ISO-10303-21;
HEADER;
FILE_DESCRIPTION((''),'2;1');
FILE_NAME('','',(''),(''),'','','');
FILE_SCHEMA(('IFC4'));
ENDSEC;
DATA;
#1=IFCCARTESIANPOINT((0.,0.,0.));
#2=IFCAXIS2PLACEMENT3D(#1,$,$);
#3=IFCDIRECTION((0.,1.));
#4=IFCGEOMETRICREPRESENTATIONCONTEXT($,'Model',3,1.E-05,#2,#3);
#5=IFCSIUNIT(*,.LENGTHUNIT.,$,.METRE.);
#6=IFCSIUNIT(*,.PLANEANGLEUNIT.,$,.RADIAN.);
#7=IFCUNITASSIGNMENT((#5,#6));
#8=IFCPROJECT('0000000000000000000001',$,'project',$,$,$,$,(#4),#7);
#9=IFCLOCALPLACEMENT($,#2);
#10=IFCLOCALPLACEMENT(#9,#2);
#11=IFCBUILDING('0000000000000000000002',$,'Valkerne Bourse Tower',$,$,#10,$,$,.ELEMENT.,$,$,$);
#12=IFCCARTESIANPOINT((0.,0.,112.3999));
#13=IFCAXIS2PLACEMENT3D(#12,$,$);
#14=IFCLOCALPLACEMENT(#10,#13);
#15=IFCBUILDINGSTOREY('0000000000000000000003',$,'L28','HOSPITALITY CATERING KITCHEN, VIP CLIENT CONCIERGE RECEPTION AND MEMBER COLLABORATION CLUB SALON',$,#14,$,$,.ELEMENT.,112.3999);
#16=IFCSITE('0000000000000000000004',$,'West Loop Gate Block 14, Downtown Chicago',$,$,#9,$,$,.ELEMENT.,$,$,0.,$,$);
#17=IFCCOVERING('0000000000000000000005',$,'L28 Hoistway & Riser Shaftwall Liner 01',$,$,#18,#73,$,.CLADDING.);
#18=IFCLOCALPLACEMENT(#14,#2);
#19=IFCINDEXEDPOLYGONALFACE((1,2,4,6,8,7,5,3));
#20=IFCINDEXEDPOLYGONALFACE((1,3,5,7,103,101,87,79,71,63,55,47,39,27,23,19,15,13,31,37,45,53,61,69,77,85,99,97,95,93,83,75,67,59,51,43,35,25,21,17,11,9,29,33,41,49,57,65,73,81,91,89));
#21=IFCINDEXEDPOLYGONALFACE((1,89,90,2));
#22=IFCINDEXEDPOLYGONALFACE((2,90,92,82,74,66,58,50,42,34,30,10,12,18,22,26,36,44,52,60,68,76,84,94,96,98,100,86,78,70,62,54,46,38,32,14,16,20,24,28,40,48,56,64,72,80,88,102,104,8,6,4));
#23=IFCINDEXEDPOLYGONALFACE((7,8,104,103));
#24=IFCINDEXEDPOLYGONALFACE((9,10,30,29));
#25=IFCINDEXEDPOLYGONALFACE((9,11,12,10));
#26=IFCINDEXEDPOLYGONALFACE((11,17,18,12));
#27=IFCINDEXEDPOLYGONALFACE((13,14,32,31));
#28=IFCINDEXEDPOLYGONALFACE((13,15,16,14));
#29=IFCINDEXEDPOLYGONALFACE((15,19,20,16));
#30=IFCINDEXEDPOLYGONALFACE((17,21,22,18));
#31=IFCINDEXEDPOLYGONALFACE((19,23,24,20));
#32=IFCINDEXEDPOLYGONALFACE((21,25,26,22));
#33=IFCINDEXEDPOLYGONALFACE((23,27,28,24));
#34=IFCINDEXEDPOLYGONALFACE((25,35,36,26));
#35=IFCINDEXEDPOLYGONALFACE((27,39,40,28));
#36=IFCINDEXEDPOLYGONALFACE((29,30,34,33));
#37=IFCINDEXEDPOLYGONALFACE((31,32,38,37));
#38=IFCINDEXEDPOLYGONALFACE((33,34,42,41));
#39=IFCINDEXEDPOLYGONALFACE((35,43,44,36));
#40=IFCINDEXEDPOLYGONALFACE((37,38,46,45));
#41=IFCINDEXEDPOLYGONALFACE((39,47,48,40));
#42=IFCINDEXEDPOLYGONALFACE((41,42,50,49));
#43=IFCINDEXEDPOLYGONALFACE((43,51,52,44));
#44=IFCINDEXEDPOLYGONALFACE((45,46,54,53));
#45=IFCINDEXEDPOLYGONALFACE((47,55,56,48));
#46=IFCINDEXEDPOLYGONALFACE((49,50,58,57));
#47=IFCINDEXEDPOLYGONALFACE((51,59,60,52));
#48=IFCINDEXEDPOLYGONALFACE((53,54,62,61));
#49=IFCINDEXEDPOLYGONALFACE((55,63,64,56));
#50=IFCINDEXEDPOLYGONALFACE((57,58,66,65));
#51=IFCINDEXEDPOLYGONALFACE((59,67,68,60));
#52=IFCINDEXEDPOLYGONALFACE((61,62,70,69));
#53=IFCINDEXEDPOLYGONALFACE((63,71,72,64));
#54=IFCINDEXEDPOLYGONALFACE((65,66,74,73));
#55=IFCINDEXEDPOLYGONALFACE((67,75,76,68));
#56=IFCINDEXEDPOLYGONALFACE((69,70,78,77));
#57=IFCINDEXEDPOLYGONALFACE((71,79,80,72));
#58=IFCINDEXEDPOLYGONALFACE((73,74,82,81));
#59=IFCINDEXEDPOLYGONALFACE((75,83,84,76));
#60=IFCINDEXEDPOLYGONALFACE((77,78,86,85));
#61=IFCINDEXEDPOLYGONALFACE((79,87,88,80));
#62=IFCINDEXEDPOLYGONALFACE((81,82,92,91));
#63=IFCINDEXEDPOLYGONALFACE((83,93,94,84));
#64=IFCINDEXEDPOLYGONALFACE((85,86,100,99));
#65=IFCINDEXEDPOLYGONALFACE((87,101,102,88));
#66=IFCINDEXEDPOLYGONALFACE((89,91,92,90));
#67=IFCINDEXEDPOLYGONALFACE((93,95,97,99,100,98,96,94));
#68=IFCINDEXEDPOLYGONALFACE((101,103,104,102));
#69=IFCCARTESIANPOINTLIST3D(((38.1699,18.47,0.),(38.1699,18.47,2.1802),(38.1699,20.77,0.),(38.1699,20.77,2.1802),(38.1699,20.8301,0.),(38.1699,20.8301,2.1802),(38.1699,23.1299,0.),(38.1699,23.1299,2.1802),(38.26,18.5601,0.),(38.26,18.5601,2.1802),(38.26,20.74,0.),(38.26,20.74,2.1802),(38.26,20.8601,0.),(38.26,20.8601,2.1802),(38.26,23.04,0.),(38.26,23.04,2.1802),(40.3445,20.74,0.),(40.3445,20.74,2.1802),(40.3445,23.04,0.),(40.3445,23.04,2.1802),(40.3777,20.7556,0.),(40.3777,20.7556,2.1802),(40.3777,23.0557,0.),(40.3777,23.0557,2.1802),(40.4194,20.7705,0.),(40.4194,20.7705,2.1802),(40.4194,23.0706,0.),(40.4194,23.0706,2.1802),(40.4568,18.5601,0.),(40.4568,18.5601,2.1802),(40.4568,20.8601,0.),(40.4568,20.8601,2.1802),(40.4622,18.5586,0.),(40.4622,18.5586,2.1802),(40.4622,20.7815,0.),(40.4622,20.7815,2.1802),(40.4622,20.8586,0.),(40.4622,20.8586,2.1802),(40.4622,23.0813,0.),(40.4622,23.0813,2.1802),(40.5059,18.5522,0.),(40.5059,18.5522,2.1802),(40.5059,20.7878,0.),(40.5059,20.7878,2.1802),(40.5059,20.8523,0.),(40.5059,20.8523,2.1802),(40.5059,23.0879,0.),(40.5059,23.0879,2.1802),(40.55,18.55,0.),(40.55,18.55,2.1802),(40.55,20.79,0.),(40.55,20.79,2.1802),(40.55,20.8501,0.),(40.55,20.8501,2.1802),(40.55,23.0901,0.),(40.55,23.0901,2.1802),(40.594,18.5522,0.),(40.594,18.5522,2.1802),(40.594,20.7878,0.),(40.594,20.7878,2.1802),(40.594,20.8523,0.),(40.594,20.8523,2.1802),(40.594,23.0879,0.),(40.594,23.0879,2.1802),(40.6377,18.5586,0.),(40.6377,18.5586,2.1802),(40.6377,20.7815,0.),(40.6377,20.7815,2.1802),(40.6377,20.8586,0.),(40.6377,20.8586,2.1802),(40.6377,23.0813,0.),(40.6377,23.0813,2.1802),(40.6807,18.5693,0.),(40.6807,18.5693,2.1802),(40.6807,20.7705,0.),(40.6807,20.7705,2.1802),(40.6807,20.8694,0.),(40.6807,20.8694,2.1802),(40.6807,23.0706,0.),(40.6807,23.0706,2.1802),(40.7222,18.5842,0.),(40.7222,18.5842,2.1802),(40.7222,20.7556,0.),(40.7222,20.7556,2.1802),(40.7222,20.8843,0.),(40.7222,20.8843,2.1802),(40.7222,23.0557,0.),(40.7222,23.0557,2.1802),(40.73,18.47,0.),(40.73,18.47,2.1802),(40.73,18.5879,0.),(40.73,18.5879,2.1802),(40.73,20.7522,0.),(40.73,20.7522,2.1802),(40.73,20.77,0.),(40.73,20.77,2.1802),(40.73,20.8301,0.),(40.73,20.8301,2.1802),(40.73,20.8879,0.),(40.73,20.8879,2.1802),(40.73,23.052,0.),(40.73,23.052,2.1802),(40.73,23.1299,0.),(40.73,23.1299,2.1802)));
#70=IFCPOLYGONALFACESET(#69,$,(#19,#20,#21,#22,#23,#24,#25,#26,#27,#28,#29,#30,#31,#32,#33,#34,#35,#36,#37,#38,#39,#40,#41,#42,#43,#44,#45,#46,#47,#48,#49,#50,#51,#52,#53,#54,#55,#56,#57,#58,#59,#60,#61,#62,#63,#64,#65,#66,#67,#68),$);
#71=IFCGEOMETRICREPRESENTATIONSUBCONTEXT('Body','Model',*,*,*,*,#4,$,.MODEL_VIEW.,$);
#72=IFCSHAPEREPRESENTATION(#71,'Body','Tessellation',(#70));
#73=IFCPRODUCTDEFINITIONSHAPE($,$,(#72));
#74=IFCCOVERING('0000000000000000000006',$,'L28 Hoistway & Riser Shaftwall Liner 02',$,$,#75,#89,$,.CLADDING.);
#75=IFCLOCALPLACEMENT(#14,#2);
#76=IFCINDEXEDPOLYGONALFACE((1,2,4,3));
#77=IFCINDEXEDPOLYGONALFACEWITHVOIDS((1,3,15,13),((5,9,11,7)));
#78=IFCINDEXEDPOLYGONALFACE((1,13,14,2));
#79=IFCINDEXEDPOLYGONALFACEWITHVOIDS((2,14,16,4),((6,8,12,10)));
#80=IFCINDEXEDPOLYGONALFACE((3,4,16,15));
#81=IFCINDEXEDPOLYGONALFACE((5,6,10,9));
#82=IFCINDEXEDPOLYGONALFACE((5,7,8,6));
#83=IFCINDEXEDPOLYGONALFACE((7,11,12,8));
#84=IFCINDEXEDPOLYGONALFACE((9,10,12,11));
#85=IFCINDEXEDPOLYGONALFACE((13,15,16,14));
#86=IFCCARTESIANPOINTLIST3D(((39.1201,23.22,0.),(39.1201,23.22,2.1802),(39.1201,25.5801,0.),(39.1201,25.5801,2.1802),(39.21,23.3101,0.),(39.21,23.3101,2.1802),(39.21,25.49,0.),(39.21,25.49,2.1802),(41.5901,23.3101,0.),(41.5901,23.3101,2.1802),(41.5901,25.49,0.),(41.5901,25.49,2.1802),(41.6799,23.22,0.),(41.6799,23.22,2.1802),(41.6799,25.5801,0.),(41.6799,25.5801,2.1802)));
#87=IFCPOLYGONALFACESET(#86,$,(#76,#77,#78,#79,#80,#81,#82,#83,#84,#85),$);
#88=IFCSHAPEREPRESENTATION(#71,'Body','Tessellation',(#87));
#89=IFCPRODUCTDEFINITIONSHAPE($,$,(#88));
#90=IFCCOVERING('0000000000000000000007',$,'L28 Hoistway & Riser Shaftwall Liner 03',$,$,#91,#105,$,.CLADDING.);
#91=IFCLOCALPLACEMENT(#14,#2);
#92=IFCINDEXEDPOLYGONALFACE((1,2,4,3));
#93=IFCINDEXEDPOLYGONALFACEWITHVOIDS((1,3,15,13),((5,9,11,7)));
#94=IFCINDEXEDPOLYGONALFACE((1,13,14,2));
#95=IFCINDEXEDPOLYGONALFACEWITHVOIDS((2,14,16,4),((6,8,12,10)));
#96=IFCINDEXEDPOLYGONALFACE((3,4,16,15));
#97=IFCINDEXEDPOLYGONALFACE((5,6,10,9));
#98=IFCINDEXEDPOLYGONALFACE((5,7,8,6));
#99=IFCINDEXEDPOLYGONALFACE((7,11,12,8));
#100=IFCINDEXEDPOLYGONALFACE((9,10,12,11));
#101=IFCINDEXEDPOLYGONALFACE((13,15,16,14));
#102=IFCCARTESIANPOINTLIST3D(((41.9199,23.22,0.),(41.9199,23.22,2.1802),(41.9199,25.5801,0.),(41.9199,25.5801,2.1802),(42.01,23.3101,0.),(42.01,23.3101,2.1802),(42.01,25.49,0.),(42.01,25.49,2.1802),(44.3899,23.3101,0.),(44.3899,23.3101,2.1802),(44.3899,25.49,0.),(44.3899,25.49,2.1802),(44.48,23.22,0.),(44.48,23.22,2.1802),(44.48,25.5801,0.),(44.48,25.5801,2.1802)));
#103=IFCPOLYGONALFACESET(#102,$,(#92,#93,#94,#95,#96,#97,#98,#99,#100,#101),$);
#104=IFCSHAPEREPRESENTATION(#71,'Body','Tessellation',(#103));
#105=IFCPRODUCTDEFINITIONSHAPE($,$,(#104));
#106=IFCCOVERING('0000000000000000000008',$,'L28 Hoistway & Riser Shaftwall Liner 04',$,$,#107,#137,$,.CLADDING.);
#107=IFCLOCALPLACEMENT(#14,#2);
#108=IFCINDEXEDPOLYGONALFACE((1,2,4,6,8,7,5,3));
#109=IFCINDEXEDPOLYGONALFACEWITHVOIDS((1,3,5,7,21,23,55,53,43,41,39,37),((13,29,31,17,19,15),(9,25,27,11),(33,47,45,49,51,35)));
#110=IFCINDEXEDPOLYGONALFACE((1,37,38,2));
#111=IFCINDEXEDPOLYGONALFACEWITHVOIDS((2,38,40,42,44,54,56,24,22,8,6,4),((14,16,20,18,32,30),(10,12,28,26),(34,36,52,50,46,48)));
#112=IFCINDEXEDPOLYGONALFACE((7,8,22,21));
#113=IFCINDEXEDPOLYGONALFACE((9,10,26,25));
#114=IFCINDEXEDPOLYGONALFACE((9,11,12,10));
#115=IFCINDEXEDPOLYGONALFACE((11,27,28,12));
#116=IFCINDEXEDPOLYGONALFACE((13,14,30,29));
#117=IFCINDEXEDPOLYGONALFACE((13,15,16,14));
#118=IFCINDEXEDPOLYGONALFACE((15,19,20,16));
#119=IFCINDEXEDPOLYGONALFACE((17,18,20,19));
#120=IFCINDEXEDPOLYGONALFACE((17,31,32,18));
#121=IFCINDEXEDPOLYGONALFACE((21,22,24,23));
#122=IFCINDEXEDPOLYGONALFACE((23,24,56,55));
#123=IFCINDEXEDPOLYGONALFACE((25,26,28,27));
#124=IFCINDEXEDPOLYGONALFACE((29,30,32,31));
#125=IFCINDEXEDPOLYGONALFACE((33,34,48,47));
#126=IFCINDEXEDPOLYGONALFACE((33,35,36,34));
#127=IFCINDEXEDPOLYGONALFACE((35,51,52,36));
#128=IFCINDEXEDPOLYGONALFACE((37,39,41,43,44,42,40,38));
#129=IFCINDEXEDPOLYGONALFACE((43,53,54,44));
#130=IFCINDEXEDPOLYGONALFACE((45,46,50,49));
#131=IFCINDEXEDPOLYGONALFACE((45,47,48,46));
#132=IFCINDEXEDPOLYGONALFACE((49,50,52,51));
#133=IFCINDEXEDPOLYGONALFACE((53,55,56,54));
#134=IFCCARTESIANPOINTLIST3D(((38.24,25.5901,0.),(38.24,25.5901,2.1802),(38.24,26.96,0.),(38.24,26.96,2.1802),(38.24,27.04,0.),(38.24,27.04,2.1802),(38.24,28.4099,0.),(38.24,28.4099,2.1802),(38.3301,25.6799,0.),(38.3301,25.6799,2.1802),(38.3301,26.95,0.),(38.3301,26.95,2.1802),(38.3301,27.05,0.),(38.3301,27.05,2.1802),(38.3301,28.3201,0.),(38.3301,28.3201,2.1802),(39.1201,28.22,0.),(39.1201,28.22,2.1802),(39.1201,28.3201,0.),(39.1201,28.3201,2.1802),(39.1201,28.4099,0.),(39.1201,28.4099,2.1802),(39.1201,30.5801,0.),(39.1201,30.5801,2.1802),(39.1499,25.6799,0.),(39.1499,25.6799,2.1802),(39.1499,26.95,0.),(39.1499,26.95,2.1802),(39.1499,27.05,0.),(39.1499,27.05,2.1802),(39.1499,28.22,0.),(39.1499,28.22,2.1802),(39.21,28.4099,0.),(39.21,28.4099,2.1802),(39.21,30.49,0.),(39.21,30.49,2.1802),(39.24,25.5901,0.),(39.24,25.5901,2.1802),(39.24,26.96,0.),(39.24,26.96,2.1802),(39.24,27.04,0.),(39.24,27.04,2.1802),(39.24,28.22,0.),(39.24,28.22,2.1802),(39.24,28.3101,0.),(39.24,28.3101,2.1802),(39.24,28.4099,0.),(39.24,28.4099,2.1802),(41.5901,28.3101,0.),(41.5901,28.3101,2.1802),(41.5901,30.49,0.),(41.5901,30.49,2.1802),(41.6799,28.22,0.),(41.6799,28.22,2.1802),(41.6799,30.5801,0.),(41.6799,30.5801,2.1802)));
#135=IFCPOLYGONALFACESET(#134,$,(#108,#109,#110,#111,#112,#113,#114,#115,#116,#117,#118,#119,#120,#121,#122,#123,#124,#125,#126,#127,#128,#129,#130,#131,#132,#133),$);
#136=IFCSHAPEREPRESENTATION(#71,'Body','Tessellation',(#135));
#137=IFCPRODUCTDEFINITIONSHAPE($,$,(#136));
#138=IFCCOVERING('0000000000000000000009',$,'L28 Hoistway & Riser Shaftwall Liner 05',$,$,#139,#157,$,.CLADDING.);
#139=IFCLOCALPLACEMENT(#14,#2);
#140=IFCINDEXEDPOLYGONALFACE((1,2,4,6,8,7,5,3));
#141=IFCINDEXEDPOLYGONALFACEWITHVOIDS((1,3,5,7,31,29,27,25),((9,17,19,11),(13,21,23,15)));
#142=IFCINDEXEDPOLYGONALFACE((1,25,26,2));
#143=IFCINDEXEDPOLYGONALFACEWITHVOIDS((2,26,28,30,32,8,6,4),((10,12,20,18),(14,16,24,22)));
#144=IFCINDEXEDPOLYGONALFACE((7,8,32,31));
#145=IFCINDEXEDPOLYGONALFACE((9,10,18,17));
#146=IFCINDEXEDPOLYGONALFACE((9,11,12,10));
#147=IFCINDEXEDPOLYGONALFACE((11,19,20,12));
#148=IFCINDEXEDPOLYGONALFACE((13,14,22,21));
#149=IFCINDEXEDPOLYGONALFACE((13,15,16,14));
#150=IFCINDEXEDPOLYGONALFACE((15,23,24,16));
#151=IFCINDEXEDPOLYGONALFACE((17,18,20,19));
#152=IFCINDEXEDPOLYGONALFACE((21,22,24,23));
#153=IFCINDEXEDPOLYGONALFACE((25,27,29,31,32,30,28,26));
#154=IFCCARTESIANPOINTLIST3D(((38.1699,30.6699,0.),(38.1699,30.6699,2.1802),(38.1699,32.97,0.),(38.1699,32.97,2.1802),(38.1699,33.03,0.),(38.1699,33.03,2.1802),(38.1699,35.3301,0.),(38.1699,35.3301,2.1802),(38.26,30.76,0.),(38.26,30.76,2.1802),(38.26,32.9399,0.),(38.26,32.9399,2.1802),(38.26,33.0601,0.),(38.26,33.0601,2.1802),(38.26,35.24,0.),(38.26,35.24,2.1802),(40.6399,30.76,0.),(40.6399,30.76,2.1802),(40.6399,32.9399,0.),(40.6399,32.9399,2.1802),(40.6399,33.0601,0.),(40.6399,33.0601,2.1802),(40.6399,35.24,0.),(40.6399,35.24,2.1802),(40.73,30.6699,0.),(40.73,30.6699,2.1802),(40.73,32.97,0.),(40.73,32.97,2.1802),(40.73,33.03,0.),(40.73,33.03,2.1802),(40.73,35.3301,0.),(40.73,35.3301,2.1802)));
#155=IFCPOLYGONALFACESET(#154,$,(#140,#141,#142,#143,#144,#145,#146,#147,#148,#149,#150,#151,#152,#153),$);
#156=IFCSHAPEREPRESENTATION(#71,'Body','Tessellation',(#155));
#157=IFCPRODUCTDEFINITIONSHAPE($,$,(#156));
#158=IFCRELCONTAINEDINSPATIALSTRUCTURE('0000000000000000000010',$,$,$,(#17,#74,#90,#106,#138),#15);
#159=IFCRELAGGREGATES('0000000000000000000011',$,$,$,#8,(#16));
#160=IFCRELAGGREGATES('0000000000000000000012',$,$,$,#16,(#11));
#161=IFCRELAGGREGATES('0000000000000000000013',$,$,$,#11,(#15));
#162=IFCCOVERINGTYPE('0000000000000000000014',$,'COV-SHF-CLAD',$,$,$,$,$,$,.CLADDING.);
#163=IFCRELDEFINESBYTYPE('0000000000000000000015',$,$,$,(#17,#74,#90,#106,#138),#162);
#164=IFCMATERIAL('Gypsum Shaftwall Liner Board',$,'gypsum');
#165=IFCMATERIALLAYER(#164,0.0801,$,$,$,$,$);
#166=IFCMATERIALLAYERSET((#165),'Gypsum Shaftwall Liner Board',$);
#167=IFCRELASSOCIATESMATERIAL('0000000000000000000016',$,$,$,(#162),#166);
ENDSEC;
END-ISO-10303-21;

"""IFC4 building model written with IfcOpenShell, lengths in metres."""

from ifc_helpers import new_model, si_unit, direction, frame, origin, place, context, subcontext, project, spatial, polyline, outline, extrude, material, layer, layer_set, type_object, element, save


model = new_model("IFC4")

# Units and contexts
model_context = context("Model", 3, precision=1e-05, world=origin(), true_north=direction((0.0, 1.0)))
body_context = subcontext(model_context, "Body", "Model", "MODEL_VIEW")
ifc_project = project(units=[si_unit("LENGTHUNIT", "METRE"), si_unit("PLANEANGLEUNIT", "RADIAN")], contexts=[model_context])

# Site, building, storey
site_placement = place(None, origin())
site = spatial("IfcSite", under=ifc_project, at=site_placement, Name="West Loop Gate Block 14, Downtown Chicago", CompositionType="ELEMENT", RefElevation=0.0)
building_placement = place(site_placement, origin())
building = spatial("IfcBuilding", under=site, at=building_placement, Name="Valkerne Bourse Tower", CompositionType="ELEMENT")
storey_placement = place(building_placement, frame((0.0, 0.0, 112.3999)))
storey = spatial("IfcBuildingStorey", under=building, at=storey_placement, Name="L28", Description="HOSPITALITY CATERING KITCHEN, VIP CLIENT CONCIERGE RECEPTION AND MEMBER COLLABORATION CLUB SALON", CompositionType="ELEMENT", Elevation=112.3999)

# Coverings
ifc_material_1 = material(Name="Gypsum Shaftwall Liner Board", Category="gypsum")
ifc_layer_1 = layer(ifc_material_1, 0.0801)
ifc_layer_set_1 = layer_set([ifc_layer_1], Name="Gypsum Shaftwall Liner Board")
covering_type_1 = type_object("IfcCoveringType", Name="COV-SHF-CLAD", PredefinedType="CLADDING", material=ifc_layer_set_1)
covering_1_placement = place(storey_placement, origin())
element("IfcCovering", 1, at=covering_1_placement, inside=storey, type_object=covering_type_1, Name="L28 Hoistway & Riser Shaftwall Liner 01", PredefinedType="CLADDING", context=body_context, shape_type="SweptSolid", body=[
    extrude(outline(polyline([(38.1699, 23.1299), (40.73, 23.1299), (40.73, 23.052), (40.7222, 23.0557), (40.6807, 23.0706), (40.6377, 23.0813), (40.594, 23.0879), (40.55, 23.0901), (40.5059, 23.0879), (40.4622, 23.0813), (40.4194, 23.0706), (40.3777, 23.0557), (40.3445, 23.04), (38.26, 23.04), (38.26, 20.8601), (40.4568, 20.8601), (40.4622, 20.8586), (40.5059, 20.8523), (40.55, 20.8501), (40.594, 20.8523), (40.6377, 20.8586), (40.6807, 20.8694), (40.7222, 20.8843), (40.73, 20.8879), (40.73, 20.8301), (40.73, 20.77), (40.73, 20.7522), (40.7222, 20.7556), (40.6807, 20.7705), (40.6377, 20.7815), (40.594, 20.7878), (40.55, 20.79), (40.5059, 20.7878), (40.4622, 20.7815), (40.4194, 20.7705), (40.3777, 20.7556), (40.3445, 20.74), (38.26, 20.74), (38.26, 18.5601), (40.4568, 18.5601), (40.4622, 18.5586), (40.5059, 18.5522), (40.55, 18.55), (40.594, 18.5522), (40.6377, 18.5586), (40.6807, 18.5693), (40.7222, 18.5842), (40.73, 18.5879), (40.73, 18.47), (38.1699, 18.47), (38.1699, 20.77), (38.1699, 20.8301), (38.1699, 23.1299)])), origin(), (0.0, 0.0, 1.0), 2.1802),
])
covering_2_placement = place(storey_placement, origin())
element("IfcCovering", 2, at=covering_2_placement, inside=storey, type_object=covering_type_1, Name="L28 Hoistway & Riser Shaftwall Liner 02", PredefinedType="CLADDING", context=body_context, shape_type="SweptSolid", body=[
    extrude(outline(polyline([(41.6799, 23.22), (39.1201, 23.22), (39.1201, 25.5801), (41.6799, 25.5801), (41.6799, 23.22)]), holes=[polyline([(39.21, 25.49), (39.21, 23.3101), (41.5901, 23.3101), (41.5901, 25.49), (39.21, 25.49)])]), origin(), (0.0, 0.0, 1.0), 2.1802),
])
covering_3_placement = place(storey_placement, origin())
element("IfcCovering", 3, at=covering_3_placement, inside=storey, type_object=covering_type_1, Name="L28 Hoistway & Riser Shaftwall Liner 03", PredefinedType="CLADDING", context=body_context, shape_type="SweptSolid", body=[
    extrude(outline(polyline([(44.48, 23.22), (41.9199, 23.22), (41.9199, 25.5801), (44.48, 25.5801), (44.48, 23.22)]), holes=[polyline([(42.01, 25.49), (42.01, 23.3101), (44.3899, 23.3101), (44.3899, 25.49), (42.01, 25.49)])]), origin(), (0.0, 0.0, 1.0), 2.1802),
])
covering_4_placement = place(storey_placement, origin())
element("IfcCovering", 4, at=covering_4_placement, inside=storey, type_object=covering_type_1, Name="L28 Hoistway & Riser Shaftwall Liner 04", PredefinedType="CLADDING", context=body_context, shape_type="SweptSolid", body=[
    extrude(outline(polyline([(38.24, 28.4099), (39.1201, 28.4099), (39.1201, 30.5801), (41.6799, 30.5801), (41.6799, 28.22), (39.24, 28.22), (39.24, 27.04), (39.24, 26.96), (39.24, 25.5901), (38.24, 25.5901), (38.24, 26.96), (38.24, 27.04), (38.24, 28.4099)]), holes=[polyline([(39.21, 30.49), (39.21, 28.4099), (39.24, 28.4099), (39.24, 28.3101), (41.5901, 28.3101), (41.5901, 30.49), (39.21, 30.49)]), polyline([(38.3301, 26.95), (38.3301, 25.6799), (39.1499, 25.6799), (39.1499, 26.95), (38.3301, 26.95)]), polyline([(39.1201, 28.22), (39.1201, 28.3201), (38.3301, 28.3201), (38.3301, 27.05), (39.1499, 27.05), (39.1499, 28.22), (39.1201, 28.22)])]), origin(), (0.0, 0.0, 1.0), 2.1802),
])
covering_5_placement = place(storey_placement, origin())
element("IfcCovering", 5, at=covering_5_placement, inside=storey, type_object=covering_type_1, Name="L28 Hoistway & Riser Shaftwall Liner 05", PredefinedType="CLADDING", context=body_context, shape_type="SweptSolid", body=[
    extrude(outline(polyline([(38.1699, 35.3301), (40.73, 35.3301), (40.73, 33.03), (40.73, 32.97), (40.73, 30.6699), (38.1699, 30.6699), (38.1699, 32.97), (38.1699, 33.03), (38.1699, 35.3301)]), holes=[polyline([(38.26, 32.9399), (38.26, 30.76), (40.6399, 30.76), (40.6399, 32.9399), (38.26, 32.9399)]), polyline([(38.26, 35.24), (38.26, 33.0601), (40.6399, 33.0601), (40.6399, 35.24), (38.26, 35.24)])]), origin(), (0.0, 0.0, 1.0), 2.1802),
])

save(model, "model.ifc")
